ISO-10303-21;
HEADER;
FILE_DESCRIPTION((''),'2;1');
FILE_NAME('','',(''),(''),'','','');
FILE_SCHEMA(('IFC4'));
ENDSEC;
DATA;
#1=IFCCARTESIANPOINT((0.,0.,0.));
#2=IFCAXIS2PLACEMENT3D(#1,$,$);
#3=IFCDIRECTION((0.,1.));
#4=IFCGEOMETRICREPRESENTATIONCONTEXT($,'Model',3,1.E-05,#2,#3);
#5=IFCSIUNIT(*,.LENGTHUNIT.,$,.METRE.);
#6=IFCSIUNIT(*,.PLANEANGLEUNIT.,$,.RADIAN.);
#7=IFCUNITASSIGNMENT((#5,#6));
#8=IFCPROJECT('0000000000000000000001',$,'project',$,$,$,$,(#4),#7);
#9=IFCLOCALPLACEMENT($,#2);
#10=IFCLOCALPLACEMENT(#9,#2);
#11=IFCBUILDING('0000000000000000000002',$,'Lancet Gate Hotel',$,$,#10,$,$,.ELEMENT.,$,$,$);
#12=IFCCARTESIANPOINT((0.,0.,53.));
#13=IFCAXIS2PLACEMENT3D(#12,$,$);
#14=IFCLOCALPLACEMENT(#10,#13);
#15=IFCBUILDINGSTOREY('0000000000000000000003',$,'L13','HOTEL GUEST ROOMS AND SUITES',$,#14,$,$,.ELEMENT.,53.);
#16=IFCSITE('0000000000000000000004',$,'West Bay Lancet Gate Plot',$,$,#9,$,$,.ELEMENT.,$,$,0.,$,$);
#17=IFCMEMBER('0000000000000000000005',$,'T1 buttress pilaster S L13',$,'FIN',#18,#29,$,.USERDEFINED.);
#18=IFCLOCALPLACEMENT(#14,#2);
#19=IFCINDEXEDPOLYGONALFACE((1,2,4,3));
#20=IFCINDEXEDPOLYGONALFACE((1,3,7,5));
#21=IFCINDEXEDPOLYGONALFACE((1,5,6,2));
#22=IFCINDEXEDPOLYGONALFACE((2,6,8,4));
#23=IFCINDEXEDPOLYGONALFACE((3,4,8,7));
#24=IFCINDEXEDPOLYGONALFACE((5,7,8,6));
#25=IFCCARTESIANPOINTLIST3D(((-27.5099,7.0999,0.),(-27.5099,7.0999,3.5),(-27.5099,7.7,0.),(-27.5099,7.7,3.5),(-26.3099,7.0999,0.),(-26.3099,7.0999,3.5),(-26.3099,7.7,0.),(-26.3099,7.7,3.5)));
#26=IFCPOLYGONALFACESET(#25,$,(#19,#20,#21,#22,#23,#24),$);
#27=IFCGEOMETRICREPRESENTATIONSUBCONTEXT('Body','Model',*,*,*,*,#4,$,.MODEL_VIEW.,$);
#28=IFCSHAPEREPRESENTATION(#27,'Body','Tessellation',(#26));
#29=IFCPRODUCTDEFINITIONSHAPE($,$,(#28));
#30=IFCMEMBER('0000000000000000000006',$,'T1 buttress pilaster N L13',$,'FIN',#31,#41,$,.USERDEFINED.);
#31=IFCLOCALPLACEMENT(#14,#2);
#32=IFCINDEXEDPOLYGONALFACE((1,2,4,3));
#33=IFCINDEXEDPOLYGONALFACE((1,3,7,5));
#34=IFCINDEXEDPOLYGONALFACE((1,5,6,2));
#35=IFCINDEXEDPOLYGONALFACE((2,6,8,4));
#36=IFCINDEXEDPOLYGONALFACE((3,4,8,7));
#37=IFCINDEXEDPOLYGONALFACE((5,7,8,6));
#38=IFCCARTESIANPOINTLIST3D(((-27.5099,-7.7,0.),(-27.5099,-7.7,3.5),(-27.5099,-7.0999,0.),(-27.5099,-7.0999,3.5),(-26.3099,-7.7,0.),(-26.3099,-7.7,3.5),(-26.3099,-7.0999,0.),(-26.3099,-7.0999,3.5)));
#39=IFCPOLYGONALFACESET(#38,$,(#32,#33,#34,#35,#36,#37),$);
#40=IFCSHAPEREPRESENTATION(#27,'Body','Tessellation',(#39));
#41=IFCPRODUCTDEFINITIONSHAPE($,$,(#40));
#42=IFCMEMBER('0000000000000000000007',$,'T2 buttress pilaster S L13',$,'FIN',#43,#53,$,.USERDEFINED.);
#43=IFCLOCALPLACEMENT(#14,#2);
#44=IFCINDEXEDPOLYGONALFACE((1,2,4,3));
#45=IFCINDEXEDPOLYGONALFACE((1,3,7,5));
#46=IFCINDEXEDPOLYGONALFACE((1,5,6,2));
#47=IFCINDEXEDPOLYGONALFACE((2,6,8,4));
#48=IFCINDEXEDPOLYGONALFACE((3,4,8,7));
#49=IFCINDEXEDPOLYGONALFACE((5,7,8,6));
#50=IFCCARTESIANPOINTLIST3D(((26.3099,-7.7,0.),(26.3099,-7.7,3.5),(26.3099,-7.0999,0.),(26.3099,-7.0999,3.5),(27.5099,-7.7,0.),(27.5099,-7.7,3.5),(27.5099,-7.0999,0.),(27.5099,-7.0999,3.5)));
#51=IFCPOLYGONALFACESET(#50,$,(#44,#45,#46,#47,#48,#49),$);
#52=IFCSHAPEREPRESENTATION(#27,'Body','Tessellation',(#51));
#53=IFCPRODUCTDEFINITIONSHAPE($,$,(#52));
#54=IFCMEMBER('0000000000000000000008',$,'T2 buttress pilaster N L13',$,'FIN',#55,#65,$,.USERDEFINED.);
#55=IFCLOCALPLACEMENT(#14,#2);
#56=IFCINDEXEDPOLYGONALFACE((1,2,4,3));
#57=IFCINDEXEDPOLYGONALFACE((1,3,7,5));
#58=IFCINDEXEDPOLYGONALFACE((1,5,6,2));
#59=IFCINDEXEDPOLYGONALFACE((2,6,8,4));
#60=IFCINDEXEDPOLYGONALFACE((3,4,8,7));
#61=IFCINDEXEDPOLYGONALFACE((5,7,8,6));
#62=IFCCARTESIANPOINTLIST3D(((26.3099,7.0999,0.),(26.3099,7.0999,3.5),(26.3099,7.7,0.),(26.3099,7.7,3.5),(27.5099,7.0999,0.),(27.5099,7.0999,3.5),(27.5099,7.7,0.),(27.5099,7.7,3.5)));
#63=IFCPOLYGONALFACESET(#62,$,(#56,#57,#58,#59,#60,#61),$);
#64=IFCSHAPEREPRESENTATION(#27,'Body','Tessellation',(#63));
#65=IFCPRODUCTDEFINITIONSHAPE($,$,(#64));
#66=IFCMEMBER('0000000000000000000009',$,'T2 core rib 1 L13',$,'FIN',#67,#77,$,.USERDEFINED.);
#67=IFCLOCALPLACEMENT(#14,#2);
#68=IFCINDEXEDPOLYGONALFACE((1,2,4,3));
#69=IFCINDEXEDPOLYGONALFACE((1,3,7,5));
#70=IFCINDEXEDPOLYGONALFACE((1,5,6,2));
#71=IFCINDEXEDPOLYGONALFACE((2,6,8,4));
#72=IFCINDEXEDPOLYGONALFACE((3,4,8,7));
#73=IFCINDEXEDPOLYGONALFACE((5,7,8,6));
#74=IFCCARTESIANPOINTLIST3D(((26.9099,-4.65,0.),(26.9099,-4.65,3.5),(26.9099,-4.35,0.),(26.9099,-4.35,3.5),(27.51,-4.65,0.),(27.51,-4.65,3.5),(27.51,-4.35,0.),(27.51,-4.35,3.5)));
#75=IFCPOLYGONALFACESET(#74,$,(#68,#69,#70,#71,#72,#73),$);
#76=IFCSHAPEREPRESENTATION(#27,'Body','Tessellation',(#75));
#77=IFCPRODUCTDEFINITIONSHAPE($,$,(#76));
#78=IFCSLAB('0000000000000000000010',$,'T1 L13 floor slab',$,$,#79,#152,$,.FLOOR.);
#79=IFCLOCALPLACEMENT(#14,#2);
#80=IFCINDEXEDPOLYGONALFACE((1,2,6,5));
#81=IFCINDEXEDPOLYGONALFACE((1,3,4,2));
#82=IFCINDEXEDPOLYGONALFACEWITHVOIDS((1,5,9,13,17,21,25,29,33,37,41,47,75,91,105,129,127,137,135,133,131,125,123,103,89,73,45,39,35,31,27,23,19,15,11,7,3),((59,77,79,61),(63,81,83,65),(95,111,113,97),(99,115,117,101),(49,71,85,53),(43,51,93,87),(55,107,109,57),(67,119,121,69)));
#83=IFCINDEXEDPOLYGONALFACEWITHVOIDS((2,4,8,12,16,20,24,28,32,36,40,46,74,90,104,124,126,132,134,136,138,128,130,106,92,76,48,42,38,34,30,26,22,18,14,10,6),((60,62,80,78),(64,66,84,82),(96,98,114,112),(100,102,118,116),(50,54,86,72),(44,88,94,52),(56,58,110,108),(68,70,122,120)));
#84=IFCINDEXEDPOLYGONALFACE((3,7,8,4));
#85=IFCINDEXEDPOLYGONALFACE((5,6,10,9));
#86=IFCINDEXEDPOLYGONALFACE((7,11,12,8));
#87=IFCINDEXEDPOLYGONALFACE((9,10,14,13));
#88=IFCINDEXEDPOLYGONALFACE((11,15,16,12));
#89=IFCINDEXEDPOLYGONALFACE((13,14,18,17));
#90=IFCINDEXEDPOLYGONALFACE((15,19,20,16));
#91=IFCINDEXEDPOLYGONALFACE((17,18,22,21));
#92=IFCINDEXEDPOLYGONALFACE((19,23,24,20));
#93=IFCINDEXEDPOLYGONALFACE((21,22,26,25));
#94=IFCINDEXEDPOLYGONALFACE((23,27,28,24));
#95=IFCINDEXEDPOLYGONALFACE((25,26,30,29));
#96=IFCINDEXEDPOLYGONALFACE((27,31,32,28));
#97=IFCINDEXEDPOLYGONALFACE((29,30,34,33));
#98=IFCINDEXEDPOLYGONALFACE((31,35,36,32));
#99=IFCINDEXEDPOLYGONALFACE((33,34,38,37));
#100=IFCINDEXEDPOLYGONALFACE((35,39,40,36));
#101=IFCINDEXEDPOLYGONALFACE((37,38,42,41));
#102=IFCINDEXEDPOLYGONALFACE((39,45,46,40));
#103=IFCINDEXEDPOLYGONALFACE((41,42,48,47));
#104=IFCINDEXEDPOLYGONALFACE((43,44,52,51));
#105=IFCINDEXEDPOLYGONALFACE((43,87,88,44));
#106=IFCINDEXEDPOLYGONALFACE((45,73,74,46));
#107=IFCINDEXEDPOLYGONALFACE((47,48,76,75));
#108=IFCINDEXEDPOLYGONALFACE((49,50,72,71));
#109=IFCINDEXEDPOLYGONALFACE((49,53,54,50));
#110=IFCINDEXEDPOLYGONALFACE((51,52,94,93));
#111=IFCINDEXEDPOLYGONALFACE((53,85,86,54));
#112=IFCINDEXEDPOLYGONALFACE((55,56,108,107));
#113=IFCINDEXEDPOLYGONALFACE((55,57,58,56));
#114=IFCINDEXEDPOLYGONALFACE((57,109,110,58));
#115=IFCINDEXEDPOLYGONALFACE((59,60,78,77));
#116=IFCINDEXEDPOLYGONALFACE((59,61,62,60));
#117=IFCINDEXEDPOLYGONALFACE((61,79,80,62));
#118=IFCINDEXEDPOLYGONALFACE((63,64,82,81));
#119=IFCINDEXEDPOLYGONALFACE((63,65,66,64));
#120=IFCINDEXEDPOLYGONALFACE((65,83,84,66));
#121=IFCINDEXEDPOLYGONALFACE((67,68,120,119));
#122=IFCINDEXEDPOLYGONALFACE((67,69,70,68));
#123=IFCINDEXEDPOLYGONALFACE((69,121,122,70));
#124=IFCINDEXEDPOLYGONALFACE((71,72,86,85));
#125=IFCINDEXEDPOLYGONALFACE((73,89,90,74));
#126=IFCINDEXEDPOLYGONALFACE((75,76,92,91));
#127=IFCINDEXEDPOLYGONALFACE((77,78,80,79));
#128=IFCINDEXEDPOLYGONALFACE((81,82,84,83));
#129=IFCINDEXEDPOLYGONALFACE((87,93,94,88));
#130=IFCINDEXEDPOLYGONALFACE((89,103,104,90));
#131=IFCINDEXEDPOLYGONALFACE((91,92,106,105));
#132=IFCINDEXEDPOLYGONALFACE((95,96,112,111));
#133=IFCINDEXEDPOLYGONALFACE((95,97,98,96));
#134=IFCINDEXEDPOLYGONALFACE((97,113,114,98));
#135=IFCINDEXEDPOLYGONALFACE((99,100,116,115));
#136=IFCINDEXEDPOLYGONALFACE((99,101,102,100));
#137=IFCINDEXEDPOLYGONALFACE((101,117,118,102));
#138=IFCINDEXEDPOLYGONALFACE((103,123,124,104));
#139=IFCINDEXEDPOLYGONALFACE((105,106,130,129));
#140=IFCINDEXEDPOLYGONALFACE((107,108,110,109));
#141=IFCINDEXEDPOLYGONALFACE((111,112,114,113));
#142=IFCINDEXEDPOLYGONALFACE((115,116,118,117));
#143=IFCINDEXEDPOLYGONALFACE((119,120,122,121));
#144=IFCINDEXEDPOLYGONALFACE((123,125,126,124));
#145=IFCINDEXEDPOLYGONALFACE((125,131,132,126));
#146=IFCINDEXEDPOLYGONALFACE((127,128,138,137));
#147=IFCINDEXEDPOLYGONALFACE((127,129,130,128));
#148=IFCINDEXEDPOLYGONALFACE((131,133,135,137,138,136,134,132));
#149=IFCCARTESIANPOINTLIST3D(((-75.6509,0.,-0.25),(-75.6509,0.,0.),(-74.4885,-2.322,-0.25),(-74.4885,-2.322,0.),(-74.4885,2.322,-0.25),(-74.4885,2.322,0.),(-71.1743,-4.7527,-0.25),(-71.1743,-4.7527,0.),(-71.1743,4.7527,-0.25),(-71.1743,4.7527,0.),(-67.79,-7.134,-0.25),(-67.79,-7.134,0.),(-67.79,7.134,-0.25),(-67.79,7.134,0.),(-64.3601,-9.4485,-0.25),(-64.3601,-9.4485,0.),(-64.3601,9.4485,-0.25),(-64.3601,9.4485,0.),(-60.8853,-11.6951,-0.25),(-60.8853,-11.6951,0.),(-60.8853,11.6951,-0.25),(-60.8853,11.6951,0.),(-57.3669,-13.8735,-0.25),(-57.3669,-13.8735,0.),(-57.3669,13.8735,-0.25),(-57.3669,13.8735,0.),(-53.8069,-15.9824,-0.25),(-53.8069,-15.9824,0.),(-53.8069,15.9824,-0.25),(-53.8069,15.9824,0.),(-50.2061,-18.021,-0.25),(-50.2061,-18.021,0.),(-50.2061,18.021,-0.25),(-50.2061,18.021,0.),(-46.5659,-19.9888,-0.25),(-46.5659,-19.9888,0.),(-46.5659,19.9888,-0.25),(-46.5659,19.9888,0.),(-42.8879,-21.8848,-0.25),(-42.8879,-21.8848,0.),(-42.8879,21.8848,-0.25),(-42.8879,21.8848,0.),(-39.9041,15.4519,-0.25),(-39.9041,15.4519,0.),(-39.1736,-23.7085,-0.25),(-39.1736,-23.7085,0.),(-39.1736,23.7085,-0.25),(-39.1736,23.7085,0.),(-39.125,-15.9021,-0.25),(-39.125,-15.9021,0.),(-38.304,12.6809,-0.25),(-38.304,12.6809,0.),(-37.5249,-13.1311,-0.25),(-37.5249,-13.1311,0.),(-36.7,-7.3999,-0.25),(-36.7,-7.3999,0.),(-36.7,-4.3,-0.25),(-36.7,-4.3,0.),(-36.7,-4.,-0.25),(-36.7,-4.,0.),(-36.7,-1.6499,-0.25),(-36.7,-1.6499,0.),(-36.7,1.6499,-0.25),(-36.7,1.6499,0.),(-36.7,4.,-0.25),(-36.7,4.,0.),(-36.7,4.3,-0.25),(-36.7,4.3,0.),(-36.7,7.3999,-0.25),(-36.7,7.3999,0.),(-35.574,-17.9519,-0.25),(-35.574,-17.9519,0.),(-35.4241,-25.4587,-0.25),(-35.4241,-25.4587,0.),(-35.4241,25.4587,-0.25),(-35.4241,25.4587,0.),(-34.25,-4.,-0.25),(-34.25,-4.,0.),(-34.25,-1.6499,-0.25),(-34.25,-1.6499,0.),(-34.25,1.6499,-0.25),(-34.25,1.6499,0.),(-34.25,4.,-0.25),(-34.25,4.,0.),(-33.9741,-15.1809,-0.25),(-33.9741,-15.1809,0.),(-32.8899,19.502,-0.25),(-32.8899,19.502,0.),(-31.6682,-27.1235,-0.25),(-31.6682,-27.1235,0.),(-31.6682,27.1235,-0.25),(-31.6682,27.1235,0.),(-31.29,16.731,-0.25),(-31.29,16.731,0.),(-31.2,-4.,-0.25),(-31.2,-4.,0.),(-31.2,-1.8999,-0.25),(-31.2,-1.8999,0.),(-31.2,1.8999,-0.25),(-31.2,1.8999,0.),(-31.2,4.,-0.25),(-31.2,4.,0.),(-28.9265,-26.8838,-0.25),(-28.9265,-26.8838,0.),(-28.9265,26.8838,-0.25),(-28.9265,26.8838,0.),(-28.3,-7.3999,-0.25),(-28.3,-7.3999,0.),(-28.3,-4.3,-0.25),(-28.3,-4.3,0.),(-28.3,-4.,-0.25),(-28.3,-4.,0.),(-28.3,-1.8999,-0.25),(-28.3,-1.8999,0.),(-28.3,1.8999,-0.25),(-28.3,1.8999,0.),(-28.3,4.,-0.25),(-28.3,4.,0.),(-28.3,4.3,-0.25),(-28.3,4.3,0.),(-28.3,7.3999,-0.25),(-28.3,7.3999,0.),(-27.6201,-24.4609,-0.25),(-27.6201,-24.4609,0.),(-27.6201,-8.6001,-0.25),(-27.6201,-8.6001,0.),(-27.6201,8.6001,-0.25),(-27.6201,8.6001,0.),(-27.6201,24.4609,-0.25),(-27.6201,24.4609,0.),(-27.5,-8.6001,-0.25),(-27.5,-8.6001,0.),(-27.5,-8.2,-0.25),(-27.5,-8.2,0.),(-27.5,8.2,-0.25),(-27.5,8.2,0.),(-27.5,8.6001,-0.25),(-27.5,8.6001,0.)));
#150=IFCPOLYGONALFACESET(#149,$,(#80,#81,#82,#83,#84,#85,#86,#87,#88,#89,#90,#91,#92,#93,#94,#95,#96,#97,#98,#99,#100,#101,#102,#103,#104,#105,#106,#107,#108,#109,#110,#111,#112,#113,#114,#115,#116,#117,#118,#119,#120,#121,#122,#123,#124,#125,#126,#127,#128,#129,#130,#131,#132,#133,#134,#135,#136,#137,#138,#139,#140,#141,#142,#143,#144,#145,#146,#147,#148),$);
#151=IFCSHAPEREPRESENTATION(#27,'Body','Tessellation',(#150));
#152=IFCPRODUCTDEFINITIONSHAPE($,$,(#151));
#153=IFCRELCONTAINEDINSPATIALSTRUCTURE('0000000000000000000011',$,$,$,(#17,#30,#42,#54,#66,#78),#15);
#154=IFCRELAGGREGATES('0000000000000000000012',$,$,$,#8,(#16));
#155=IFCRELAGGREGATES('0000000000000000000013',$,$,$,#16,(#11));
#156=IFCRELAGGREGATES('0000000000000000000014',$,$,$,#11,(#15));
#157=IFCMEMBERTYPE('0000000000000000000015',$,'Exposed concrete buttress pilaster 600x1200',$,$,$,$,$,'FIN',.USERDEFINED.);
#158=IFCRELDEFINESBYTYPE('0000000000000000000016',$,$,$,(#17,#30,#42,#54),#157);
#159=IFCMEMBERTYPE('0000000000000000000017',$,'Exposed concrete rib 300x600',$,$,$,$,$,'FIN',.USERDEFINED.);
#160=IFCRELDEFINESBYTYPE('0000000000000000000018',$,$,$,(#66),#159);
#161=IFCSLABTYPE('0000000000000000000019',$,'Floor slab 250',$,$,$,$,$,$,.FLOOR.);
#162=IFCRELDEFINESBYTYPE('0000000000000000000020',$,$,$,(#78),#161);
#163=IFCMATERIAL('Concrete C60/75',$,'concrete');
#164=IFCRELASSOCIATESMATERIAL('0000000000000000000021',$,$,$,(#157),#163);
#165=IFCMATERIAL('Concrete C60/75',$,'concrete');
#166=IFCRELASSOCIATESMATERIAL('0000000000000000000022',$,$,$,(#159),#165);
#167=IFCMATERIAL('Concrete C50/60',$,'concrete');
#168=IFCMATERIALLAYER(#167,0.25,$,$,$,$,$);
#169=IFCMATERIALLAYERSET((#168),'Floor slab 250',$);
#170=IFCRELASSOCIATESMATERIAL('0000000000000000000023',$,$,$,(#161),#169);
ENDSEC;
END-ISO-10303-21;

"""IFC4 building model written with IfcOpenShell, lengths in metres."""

from ifc_helpers import new_model, si_unit, direction, frame, origin, origin_2d, place, context, subcontext, project, spatial, polyline, rectangle, outline, extrude, material, layer, layer_set, material_profile, profile_set, type_object, element, save


model = new_model("IFC4")

# Units and contexts
model_context = context("Model", 3, precision=1e-05, world=origin(), true_north=direction((0.0, 1.0)))
body_context = subcontext(model_context, "Body", "Model", "MODEL_VIEW")
ifc_project = project(units=[si_unit("LENGTHUNIT", "METRE"), si_unit("PLANEANGLEUNIT", "RADIAN")], contexts=[model_context])

# Site, building, storey
site_placement = place(None, origin())
site = spatial("IfcSite", under=ifc_project, at=site_placement, Name="West Bay Lancet Gate Plot", CompositionType="ELEMENT", RefElevation=0.0)
building_placement = place(site_placement, origin())
building = spatial("IfcBuilding", under=site, at=building_placement, Name="Lancet Gate Hotel", CompositionType="ELEMENT")
storey_placement = place(building_placement, frame((0.0, 0.0, 53.0)))
storey = spatial("IfcBuildingStorey", under=building, at=storey_placement, Name="L13", Description="HOTEL GUEST ROOMS AND SUITES", CompositionType="ELEMENT", Elevation=53.0)

# Members
ifc_material_1 = material(Name="Concrete C60/75", Category="concrete")
ifc_material_profile_1 = material_profile(ifc_material_1, rectangle(XDim=0.6001, YDim=1.2, at=origin_2d()), Name="FIN 600x1200")
ifc_profile_set_1 = profile_set([ifc_material_profile_1], Name="Concrete C60/75")
member_type_1 = type_object("IfcMemberType", Name="Exposed concrete buttress pilaster 600x1200", ElementType="FIN", PredefinedType="USERDEFINED", material=ifc_profile_set_1)
for number, where, z_axis, x_axis, name in (
    (1, (-26.9099, 7.3999, 0.0), (0.0, 0.0, 1.0), (0.0, 1.0, 0.0), "T1 buttress pilaster S L13"),
    (2, (-26.9099, -7.3999, 0.0), (0.0, 0.0, 1.0), (0.0, 1.0, 0.0), "T1 buttress pilaster N L13"),
    (3, (26.9099, -7.3999, 0.0), (0.0, 0.0, 1.0), (0.0, 1.0, 0.0), "T2 buttress pilaster S L13"),
    (4, (26.9099, 7.3999, 0.0), (0.0, 0.0, 1.0), (0.0, 1.0, 0.0), "T2 buttress pilaster N L13"),
):
    element("IfcMember", number, at=place(storey_placement, frame(where, z_axis=z_axis, x_axis=x_axis)), inside=storey, type_object=member_type_1, Name=name, ObjectType="FIN", PredefinedType="USERDEFINED", context=body_context, shape_type="SweptSolid", body=[
        extrude(rectangle(XDim=0.6001, YDim=1.2, at=origin_2d()), origin(), (0.0, 0.0, 1.0), 3.5),
    ])
ifc_material_2 = material(Name="Concrete C60/75", Category="concrete")
ifc_material_profile_2 = material_profile(ifc_material_2, rectangle(XDim=0.3, YDim=0.6001, at=origin_2d()), Name="FIN 300x600")
ifc_profile_set_2 = profile_set([ifc_material_profile_2], Name="Concrete C60/75")
member_type_2 = type_object("IfcMemberType", Name="Exposed concrete rib 300x600", ElementType="FIN", PredefinedType="USERDEFINED", material=ifc_profile_set_2)
member_placement = place(storey_placement, frame((27.21, -4.5, 0.0), z_axis=(0.0, 0.0, 1.0), x_axis=(0.0, 1.0, 0.0)))
element("IfcMember", 5, at=member_placement, inside=storey, type_object=member_type_2, Name="T2 core rib 1 L13", ObjectType="FIN", PredefinedType="USERDEFINED", context=body_context, shape_type="SweptSolid", body=[
    extrude(rectangle(XDim=0.3, YDim=0.6001, at=origin_2d()), origin(), (0.0, 0.0, 1.0), 3.5),
])

# Slab
ifc_material_3 = material(Name="Concrete C50/60", Category="concrete")
ifc_layer_1 = layer(ifc_material_3, 0.25)
ifc_layer_set_1 = layer_set([ifc_layer_1], Name="Floor slab 250")
slab_type_1 = type_object("IfcSlabType", Name="Floor slab 250", PredefinedType="FLOOR", material=ifc_layer_set_1)
slab_1_placement = place(storey_placement, frame((0.0, 0.0, -0.25)))
element("IfcSlab", 6, at=slab_1_placement, inside=storey, type_object=slab_type_1, Name="T1 L13 floor slab", PredefinedType="FLOOR", context=body_context, shape_type="SweptSolid", body=[
    extrude(outline(polyline([(-27.5, 8.6001), (-27.6201, 8.6001), (-27.6201, 24.4609), (-28.9265, 26.8838), (-31.6682, 27.1235), (-35.4241, 25.4587), (-39.1736, 23.7085), (-42.8879, 21.8848), (-46.5659, 19.9888), (-50.2061, 18.021), (-53.8069, 15.9824), (-57.3669, 13.8735), (-60.8853, 11.6951), (-64.3601, 9.4485), (-67.79, 7.134), (-71.1743, 4.7527), (-74.4885, 2.322), (-75.6509, 0.0), (-74.4885, -2.322), (-71.1743, -4.7527), (-67.79, -7.134), (-64.3601, -9.4485), (-60.8853, -11.6951), (-57.3669, -13.8735), (-53.8069, -15.9824), (-50.2061, -18.021), (-46.5659, -19.9888), (-42.8879, -21.8848), (-39.1736, -23.7085), (-35.4241, -25.4587), (-31.6682, -27.1235), (-28.9265, -26.8838), (-27.6201, -24.4609), (-27.6201, -8.6001), (-27.5, -8.6001), (-27.5, -8.2), (-27.5, 8.2), (-27.5, 8.6001)]), holes=[polyline([(-36.7, 7.3999), (-36.7, 4.3), (-28.3, 4.3), (-28.3, 7.3999), (-36.7, 7.3999)]), polyline([(-28.3, 4.0), (-31.2, 4.0), (-31.2, 1.8999), (-28.3, 1.8999), (-28.3, 4.0)]), polyline([(-34.25, 4.0), (-36.7, 4.0), (-36.7, 1.6499), (-34.25, 1.6499), (-34.25, 4.0)]), polyline([(-36.7, -1.6499), (-36.7, -4.0), (-34.25, -4.0), (-34.25, -1.6499), (-36.7, -1.6499)]), polyline([(-28.3, -1.8999), (-31.2, -1.8999), (-31.2, -4.0), (-28.3, -4.0), (-28.3, -1.8999)]), polyline([(-28.3, -4.3), (-36.7, -4.3), (-36.7, -7.3999), (-28.3, -7.3999), (-28.3, -4.3)]), polyline([(-31.29, 16.731), (-32.8899, 19.502), (-39.9041, 15.4519), (-38.304, 12.6809), (-31.29, 16.731)]), polyline([(-33.9741, -15.1809), (-37.5249, -13.1311), (-39.125, -15.9021), (-35.574, -17.9519), (-33.9741, -15.1809)])]), origin(), (0.0, 0.0, 1.0), 0.25),
])

save(model, "model.ifc")
